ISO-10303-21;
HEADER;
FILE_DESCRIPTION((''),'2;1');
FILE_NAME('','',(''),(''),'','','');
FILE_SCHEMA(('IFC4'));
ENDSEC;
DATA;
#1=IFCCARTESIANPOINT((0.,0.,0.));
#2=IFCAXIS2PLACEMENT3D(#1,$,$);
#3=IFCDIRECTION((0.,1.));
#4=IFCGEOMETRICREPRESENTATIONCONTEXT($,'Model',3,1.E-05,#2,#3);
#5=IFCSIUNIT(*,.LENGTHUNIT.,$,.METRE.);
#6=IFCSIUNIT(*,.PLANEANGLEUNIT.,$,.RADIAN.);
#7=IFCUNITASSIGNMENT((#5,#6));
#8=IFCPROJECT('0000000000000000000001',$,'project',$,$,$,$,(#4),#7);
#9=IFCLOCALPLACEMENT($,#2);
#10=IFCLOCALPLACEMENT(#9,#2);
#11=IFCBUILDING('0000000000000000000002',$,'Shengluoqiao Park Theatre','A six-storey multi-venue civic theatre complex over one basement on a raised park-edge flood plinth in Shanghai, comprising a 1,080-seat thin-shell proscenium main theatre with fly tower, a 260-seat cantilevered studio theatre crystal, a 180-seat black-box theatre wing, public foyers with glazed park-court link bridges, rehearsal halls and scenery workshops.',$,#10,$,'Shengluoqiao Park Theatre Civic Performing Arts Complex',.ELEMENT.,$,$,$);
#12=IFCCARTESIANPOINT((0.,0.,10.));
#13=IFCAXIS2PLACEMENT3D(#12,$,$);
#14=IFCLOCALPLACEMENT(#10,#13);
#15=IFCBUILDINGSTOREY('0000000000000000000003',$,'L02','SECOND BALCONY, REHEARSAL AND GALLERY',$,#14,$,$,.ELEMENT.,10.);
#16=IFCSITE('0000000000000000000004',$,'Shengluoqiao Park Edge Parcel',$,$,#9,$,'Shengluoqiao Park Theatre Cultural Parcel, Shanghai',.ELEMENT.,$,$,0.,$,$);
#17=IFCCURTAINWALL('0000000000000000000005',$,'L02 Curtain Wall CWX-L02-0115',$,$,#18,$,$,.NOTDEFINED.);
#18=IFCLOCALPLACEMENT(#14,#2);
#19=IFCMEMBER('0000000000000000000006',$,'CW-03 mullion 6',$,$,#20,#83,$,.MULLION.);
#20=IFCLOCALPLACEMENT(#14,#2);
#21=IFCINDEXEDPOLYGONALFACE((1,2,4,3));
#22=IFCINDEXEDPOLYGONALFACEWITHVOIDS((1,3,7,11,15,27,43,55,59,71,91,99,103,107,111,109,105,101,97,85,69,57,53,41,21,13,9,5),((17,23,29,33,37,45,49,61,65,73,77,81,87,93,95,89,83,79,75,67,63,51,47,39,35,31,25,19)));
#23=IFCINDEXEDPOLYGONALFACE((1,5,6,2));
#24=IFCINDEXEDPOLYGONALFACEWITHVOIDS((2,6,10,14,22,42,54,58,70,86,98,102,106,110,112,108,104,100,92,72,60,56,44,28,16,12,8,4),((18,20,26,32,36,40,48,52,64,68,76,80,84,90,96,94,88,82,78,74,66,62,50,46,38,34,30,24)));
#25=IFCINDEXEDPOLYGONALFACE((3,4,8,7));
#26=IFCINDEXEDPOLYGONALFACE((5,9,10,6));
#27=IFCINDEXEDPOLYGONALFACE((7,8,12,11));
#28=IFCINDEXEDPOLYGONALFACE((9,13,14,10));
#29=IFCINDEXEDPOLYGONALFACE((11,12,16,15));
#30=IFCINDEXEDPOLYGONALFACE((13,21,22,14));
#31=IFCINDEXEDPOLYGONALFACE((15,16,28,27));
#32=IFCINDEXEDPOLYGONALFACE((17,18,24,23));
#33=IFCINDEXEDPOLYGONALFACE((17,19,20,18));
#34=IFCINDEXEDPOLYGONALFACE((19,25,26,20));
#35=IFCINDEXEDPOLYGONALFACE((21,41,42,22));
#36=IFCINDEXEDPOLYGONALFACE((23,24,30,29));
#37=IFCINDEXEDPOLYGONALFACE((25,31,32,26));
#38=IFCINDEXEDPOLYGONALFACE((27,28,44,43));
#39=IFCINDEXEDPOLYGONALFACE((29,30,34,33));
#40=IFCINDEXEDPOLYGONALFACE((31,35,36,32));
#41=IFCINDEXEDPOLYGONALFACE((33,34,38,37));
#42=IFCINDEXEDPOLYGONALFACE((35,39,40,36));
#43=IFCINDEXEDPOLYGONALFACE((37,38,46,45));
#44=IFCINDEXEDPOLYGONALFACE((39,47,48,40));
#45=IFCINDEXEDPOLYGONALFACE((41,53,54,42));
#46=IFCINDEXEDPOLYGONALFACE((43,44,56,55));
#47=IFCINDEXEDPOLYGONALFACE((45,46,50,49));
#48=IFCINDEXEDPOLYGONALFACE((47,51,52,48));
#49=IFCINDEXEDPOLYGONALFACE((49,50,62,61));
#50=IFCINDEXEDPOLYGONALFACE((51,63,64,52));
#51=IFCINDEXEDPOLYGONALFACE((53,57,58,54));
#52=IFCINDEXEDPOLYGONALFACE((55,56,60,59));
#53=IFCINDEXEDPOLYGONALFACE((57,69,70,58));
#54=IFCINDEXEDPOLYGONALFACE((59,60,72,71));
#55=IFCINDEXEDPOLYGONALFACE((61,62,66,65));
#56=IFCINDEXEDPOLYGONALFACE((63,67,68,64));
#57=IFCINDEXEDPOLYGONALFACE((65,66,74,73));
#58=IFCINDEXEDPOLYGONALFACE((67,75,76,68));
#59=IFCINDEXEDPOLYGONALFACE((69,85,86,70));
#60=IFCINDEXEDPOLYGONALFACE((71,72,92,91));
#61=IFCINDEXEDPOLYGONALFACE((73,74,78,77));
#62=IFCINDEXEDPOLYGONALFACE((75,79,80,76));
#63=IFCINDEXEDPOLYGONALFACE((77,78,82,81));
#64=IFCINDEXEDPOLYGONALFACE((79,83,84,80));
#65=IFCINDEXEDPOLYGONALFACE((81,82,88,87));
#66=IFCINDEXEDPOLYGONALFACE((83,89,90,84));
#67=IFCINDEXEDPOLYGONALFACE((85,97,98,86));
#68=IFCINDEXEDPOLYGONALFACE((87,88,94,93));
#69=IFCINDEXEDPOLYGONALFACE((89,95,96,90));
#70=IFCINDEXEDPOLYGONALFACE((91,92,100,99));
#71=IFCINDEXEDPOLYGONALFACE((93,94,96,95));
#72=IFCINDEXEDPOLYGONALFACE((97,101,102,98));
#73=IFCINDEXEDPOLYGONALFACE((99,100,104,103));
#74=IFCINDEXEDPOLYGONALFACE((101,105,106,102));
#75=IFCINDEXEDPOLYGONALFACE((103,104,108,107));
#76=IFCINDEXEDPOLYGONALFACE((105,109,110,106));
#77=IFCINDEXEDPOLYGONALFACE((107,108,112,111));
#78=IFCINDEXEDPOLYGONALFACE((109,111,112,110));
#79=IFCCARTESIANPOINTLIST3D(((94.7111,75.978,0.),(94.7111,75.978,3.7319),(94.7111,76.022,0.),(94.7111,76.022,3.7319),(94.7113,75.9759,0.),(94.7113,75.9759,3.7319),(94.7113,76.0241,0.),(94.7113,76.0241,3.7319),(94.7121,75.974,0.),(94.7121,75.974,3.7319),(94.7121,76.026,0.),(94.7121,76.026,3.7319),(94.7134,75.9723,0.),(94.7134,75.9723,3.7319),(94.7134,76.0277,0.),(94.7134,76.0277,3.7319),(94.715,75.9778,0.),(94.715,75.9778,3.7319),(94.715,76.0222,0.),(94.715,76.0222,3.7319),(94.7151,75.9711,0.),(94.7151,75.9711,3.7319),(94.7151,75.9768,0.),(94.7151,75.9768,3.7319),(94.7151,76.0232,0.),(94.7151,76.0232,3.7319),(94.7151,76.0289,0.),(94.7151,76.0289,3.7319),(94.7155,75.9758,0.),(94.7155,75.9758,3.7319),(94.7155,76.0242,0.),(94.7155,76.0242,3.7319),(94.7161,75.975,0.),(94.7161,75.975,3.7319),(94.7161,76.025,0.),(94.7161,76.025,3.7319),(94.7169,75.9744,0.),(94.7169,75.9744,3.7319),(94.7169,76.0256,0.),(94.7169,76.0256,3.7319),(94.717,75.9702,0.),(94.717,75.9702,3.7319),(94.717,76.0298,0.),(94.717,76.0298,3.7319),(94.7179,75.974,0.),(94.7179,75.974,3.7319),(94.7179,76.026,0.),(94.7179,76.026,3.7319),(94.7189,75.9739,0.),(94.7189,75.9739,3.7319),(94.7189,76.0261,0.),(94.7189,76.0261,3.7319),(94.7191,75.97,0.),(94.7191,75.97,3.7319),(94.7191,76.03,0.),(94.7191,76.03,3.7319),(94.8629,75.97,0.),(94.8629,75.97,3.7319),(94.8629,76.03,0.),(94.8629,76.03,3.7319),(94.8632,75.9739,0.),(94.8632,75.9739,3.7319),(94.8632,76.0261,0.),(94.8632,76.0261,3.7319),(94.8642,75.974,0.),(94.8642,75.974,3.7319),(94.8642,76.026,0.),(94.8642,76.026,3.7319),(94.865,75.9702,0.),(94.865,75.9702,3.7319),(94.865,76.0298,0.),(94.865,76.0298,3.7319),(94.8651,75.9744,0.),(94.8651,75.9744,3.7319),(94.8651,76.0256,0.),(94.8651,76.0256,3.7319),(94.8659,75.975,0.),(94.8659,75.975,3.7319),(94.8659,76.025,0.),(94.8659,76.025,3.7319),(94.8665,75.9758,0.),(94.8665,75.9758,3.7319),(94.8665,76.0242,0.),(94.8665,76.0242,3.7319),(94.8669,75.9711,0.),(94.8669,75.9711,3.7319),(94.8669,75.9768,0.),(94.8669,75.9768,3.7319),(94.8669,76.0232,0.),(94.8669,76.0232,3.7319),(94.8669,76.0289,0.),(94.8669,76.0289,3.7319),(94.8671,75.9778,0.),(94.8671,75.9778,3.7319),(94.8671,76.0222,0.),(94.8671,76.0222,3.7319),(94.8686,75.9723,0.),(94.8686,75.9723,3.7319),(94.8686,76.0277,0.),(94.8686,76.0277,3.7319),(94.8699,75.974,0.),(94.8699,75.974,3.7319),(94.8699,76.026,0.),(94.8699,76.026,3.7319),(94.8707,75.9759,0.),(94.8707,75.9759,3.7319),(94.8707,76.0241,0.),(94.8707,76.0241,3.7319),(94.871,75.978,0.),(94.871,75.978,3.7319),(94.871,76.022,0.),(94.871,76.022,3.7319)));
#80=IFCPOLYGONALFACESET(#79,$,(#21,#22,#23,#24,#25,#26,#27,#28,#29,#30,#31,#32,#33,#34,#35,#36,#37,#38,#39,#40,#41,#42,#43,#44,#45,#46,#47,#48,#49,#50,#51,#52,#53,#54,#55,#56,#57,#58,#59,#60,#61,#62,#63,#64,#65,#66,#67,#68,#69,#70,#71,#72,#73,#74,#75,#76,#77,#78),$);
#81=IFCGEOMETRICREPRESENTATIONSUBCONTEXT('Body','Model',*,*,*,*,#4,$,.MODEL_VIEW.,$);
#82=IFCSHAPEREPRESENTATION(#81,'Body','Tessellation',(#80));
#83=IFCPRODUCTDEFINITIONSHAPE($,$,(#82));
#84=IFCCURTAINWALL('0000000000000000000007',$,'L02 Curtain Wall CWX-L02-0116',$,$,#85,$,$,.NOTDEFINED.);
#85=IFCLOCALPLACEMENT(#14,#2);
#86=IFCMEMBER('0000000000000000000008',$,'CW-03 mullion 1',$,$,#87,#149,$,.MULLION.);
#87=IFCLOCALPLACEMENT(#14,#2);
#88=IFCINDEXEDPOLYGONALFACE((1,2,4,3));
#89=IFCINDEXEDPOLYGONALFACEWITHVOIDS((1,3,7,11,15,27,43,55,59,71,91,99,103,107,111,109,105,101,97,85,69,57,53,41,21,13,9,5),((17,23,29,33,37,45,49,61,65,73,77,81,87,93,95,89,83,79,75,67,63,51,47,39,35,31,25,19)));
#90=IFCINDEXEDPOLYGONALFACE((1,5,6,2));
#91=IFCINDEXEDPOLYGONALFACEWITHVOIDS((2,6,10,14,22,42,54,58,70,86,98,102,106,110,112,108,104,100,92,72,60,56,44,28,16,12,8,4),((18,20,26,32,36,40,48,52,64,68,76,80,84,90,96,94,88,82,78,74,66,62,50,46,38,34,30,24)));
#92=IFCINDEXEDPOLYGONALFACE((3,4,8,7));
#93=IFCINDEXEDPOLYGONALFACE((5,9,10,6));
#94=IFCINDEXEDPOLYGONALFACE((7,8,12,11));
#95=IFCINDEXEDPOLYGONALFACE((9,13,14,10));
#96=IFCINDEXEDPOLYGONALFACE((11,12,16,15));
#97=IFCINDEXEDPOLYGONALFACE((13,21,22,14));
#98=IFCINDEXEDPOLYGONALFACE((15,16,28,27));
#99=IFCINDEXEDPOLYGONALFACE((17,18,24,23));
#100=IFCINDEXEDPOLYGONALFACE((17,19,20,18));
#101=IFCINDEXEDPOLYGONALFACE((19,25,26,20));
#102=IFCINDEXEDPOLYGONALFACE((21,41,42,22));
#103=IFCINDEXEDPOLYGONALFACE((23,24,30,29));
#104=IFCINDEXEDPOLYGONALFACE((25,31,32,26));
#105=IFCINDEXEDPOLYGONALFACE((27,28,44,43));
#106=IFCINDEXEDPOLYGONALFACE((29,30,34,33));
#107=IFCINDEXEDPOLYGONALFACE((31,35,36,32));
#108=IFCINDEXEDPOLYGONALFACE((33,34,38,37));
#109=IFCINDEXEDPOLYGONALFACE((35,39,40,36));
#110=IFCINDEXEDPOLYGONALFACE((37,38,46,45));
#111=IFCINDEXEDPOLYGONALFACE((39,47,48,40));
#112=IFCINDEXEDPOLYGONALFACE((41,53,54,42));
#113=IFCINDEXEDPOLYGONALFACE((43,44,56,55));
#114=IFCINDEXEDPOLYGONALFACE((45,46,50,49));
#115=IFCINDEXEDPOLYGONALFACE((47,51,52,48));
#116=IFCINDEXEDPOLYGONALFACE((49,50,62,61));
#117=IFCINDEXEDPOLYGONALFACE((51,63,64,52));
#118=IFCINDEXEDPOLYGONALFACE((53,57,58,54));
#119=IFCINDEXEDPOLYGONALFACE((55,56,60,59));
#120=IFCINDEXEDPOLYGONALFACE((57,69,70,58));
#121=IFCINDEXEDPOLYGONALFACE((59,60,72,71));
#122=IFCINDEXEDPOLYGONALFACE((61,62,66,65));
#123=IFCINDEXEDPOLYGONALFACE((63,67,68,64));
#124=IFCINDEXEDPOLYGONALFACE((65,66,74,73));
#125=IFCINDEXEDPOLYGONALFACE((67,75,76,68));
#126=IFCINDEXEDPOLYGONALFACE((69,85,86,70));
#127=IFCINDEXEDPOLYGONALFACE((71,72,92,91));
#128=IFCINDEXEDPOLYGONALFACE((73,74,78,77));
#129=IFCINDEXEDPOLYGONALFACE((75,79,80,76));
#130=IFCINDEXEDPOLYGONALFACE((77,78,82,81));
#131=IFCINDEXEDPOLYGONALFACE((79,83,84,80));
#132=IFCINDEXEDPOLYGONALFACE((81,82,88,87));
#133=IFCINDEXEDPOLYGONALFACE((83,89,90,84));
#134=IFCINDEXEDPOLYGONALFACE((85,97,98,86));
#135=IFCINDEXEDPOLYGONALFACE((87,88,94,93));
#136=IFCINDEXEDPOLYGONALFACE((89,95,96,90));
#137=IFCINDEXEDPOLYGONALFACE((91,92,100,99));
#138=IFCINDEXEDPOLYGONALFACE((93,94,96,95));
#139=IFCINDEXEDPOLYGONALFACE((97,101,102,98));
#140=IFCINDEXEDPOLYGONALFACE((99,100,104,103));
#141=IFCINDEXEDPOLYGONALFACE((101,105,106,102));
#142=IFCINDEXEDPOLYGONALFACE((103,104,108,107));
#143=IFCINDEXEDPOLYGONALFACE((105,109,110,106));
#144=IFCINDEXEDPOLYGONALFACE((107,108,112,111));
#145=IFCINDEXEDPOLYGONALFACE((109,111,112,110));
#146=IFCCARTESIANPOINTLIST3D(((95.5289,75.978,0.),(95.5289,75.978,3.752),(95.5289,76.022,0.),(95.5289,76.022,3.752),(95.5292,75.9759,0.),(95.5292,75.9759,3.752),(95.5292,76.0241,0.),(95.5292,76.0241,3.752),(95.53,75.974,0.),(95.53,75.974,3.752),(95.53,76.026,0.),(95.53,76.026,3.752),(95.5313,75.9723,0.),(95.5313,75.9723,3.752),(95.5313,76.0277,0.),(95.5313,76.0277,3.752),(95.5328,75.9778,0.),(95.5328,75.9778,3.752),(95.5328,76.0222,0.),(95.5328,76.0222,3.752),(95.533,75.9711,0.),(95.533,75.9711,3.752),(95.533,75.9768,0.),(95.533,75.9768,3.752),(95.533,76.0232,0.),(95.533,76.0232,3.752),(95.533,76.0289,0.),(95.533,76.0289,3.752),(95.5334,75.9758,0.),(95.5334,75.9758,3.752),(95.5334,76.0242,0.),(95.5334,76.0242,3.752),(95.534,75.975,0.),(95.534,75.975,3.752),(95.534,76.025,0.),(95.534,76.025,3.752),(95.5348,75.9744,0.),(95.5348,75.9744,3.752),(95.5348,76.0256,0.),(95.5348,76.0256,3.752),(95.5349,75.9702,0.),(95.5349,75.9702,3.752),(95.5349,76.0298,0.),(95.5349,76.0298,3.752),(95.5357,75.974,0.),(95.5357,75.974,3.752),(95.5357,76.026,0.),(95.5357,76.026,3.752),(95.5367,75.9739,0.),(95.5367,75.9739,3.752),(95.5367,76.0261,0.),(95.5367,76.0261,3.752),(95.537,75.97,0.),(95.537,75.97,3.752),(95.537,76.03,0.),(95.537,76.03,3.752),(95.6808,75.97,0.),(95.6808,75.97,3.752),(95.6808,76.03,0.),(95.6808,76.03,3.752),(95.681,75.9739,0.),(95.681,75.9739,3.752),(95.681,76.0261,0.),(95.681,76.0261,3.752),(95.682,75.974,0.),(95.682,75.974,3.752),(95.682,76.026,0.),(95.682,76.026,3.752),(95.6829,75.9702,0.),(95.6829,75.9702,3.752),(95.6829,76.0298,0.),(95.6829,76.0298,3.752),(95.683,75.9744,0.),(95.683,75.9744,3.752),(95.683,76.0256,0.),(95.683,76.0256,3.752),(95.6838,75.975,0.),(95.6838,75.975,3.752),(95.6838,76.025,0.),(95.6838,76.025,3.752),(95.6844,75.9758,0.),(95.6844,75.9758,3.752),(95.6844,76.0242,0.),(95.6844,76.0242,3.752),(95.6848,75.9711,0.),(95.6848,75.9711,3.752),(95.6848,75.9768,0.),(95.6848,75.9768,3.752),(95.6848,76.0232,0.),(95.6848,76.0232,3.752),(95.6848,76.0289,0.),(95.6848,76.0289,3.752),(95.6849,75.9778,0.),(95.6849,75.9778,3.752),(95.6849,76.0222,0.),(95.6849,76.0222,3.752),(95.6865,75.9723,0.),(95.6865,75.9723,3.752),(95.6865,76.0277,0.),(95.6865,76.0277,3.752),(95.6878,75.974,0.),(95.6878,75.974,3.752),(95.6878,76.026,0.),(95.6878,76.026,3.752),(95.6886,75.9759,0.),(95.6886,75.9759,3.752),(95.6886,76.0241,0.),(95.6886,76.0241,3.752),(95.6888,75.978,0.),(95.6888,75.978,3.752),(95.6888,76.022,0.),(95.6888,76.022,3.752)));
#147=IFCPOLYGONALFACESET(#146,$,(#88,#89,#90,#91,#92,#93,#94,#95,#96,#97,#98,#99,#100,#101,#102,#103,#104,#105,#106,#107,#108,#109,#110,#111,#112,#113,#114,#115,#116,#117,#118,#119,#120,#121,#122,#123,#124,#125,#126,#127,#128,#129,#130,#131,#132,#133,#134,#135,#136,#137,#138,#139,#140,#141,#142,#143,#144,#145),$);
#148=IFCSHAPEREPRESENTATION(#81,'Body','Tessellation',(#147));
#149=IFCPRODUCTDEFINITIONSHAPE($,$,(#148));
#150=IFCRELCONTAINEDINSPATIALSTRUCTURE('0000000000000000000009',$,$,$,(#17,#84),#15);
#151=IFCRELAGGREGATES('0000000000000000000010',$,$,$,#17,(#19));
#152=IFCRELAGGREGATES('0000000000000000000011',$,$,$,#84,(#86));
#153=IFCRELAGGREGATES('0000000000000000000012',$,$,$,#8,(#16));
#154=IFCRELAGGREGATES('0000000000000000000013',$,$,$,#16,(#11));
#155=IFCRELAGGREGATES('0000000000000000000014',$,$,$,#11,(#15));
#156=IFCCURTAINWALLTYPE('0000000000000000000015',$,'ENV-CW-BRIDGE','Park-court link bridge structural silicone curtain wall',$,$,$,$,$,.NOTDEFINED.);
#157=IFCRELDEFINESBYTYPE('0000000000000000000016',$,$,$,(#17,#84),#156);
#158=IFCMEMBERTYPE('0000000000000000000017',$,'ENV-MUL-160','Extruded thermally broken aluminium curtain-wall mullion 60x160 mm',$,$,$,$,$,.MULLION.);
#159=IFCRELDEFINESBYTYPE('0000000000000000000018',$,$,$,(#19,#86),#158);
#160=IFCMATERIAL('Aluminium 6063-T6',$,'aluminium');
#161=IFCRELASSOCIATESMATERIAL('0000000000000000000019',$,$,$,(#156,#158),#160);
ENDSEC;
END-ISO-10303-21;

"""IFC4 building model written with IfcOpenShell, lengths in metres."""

from ifc_helpers import new_model, si_unit, direction, frame, origin, origin_2d, place, context, subcontext, project, spatial, hollow_rectangle, extrude, material, material_profile, profile_set, type_object, element, aggregate, save


model = new_model("IFC4")

# Units and contexts
model_context = context("Model", 3, precision=1e-05, world=origin(), true_north=direction((0.0, 1.0)))
body_context = subcontext(model_context, "Body", "Model", "MODEL_VIEW")
ifc_project = project(units=[si_unit("LENGTHUNIT", "METRE"), si_unit("PLANEANGLEUNIT", "RADIAN")], contexts=[model_context])

# Site, building, storey
site_placement = place(None, origin())
site = spatial("IfcSite", under=ifc_project, at=site_placement, Name="Shengluoqiao Park Edge Parcel", LongName="Shengluoqiao Park Theatre Cultural Parcel, Shanghai", CompositionType="ELEMENT", RefElevation=0.0)
building_placement = place(site_placement, origin())
building = spatial("IfcBuilding", under=site, at=building_placement, Name="Shengluoqiao Park Theatre", Description="A six-storey multi-venue civic theatre complex over one basement on a raised park-edge flood plinth in Shanghai, comprising a 1,080-seat thin-shell proscenium main theatre with fly tower, a 260-seat cantilevered studio theatre crystal, a 180-seat black-box theatre wing, public foyers with glazed park-court link bridges, rehearsal halls and scenery workshops.", LongName="Shengluoqiao Park Theatre Civic Performing Arts Complex", CompositionType="ELEMENT")
storey_placement = place(building_placement, frame((0.0, 0.0, 10.0)))
storey = spatial("IfcBuildingStorey", under=building, at=storey_placement, Name="L02", Description="SECOND BALCONY, REHEARSAL AND GALLERY", CompositionType="ELEMENT", Elevation=10.0)

# Curtain walls, members
ifc_material_1 = material(Name="Aluminium 6063-T6", Category="aluminium")
curtain_wall_type = type_object("IfcCurtainWallType", Name="ENV-CW-BRIDGE", Description="Park-court link bridge structural silicone curtain wall", PredefinedType="NOTDEFINED", material=ifc_material_1)
curtain_wall_1_placement = place(storey_placement, origin())
curtain_wall_1 = element("IfcCurtainWall", 1, at=curtain_wall_1_placement, inside=storey, type_object=curtain_wall_type, Name="L02 Curtain Wall CWX-L02-0115", PredefinedType="NOTDEFINED")
ifc_material_profile_1 = material_profile(ifc_material_1, hollow_rectangle(XDim=0.0601, YDim=0.1599, WallThickness=0.0039, InnerFilletRadius=0.0039, OuterFilletRadius=0.0081, at=origin_2d()), Name="ALU MULLION 160x60x4")
ifc_profile_set_1 = profile_set([ifc_material_profile_1], Name="Aluminium 6063-T6")
member_type_1 = type_object("IfcMemberType", Name="ENV-MUL-160", Description="Extruded thermally broken aluminium curtain-wall mullion 60x160 mm", PredefinedType="MULLION", material=ifc_profile_set_1)
member_1_placement = place(storey_placement, frame((94.791, 76.0, 0.0), z_axis=(0.0, 0.0, 1.0), x_axis=(0.0, 1.0, 0.0)))
member_1 = element("IfcMember", 2, at=member_1_placement, type_object=member_type_1, Name="CW-03 mullion 6", PredefinedType="MULLION", context=body_context, shape_type="SweptSolid", body=[
    extrude(hollow_rectangle(XDim=0.0601, YDim=0.1599, WallThickness=0.0039, InnerFilletRadius=0.0039, OuterFilletRadius=0.0081, at=origin_2d()), origin(), (0.0, 0.0, 1.0), 3.7319),
])
curtain_wall_2_placement = place(storey_placement, origin())
curtain_wall_2 = element("IfcCurtainWall", 3, at=curtain_wall_2_placement, inside=storey, type_object=curtain_wall_type, Name="L02 Curtain Wall CWX-L02-0116", PredefinedType="NOTDEFINED")
member_2_placement = place(storey_placement, frame((95.6089, 76.0, 0.0), z_axis=(0.0, 0.0, 1.0), x_axis=(0.0, 1.0, 0.0)))
member_2 = element("IfcMember", 4, at=member_2_placement, type_object=member_type_1, Name="CW-03 mullion 1", PredefinedType="MULLION", context=body_context, shape_type="SweptSolid", body=[
    extrude(hollow_rectangle(XDim=0.0601, YDim=0.1599, WallThickness=0.0039, InnerFilletRadius=0.0039, OuterFilletRadius=0.0081, at=origin_2d()), origin(), (0.0, 0.0, 1.0), 3.752),
])

aggregate(curtain_wall_1, [member_1])
aggregate(curtain_wall_2, [member_2])

save(model, "model.ifc")
